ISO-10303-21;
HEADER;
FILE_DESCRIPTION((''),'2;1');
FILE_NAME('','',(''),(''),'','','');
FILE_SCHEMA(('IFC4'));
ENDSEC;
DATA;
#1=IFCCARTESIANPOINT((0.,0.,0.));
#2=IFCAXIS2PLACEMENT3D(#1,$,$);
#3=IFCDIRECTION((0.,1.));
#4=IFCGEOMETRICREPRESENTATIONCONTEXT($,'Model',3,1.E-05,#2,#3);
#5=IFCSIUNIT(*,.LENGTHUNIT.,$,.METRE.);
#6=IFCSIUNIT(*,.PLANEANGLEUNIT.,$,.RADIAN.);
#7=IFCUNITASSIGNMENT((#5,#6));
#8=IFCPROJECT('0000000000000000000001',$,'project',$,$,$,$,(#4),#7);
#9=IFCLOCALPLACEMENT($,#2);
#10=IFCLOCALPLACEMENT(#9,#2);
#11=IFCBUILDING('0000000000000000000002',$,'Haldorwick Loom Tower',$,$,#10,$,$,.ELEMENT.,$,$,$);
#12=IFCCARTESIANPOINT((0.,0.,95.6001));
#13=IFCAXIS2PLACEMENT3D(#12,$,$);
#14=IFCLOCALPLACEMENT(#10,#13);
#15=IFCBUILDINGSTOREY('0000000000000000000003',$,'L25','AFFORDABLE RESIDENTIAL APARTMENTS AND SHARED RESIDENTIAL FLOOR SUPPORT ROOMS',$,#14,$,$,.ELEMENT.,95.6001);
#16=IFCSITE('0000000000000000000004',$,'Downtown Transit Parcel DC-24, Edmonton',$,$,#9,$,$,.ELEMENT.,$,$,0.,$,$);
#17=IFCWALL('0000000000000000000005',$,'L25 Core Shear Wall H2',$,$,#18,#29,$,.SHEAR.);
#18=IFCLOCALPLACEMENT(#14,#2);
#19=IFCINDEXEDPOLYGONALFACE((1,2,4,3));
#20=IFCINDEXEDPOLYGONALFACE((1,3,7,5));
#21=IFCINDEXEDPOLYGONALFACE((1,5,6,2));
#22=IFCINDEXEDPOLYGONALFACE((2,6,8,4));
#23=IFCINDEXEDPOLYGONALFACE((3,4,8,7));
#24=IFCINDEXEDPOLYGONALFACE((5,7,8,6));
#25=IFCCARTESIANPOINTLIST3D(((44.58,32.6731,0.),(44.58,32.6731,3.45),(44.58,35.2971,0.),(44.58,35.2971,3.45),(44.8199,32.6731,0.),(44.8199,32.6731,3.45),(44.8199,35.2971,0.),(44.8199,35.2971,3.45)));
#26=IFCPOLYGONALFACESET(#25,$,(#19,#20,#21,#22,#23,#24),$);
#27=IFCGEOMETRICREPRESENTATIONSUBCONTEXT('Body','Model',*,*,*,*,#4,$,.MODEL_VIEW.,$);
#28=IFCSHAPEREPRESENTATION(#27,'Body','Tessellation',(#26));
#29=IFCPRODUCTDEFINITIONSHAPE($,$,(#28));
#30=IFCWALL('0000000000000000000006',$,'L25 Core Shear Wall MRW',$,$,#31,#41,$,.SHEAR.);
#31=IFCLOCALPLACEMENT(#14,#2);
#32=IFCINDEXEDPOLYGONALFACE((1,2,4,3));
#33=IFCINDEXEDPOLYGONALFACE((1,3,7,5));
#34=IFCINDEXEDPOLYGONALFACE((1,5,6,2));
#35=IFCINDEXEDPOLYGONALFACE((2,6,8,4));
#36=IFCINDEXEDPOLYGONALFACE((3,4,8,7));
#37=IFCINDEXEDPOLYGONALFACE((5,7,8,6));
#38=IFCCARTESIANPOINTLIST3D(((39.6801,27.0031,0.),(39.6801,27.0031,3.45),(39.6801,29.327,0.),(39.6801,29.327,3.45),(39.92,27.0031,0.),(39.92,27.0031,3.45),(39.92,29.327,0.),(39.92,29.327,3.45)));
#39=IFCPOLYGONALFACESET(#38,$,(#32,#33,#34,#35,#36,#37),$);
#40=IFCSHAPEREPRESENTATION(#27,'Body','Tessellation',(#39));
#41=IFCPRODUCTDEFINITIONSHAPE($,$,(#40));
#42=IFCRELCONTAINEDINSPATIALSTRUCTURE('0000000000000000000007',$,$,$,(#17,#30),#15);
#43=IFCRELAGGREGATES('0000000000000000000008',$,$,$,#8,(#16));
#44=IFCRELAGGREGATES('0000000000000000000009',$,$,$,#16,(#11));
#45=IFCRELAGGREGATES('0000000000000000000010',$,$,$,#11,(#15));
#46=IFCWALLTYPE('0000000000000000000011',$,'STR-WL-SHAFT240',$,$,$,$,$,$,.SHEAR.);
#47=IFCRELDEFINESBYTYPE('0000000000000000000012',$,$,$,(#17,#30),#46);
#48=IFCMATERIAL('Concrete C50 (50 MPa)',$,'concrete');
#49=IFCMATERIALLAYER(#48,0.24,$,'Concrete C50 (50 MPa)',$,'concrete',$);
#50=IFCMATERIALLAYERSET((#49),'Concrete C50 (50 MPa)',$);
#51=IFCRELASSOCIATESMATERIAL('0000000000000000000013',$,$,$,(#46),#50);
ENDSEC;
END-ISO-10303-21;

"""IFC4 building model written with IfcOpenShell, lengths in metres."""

from ifc_helpers import new_model, si_unit, direction, frame, frame_2d, origin, place, context, subcontext, project, spatial, rectangle, extrude, material, layer, layer_set, type_object, element, save


model = new_model("IFC4")

# Units and contexts
model_context = context("Model", 3, precision=1e-05, world=origin(), true_north=direction((0.0, 1.0)))
body_context = subcontext(model_context, "Body", "Model", "MODEL_VIEW")
ifc_project = project(units=[si_unit("LENGTHUNIT", "METRE"), si_unit("PLANEANGLEUNIT", "RADIAN")], contexts=[model_context])

# Site, building, storey
site_placement = place(None, origin())
site = spatial("IfcSite", under=ifc_project, at=site_placement, Name="Downtown Transit Parcel DC-24, Edmonton", CompositionType="ELEMENT", RefElevation=0.0)
building_placement = place(site_placement, origin())
building = spatial("IfcBuilding", under=site, at=building_placement, Name="Haldorwick Loom Tower", CompositionType="ELEMENT")
storey_placement = place(building_placement, frame((0.0, 0.0, 95.6001)))
storey = spatial("IfcBuildingStorey", under=building, at=storey_placement, Name="L25", Description="AFFORDABLE RESIDENTIAL APARTMENTS AND SHARED RESIDENTIAL FLOOR SUPPORT ROOMS", CompositionType="ELEMENT", Elevation=95.6001)

# Shared definitions
ifc_material_1 = material(Name="Concrete C50 (50 MPa)", Category="concrete")
ifc_layer_1 = layer(ifc_material_1, 0.24, Name="Concrete C50 (50 MPa)", Category="concrete")
ifc_layer_set_1 = layer_set([ifc_layer_1], Name="Concrete C50 (50 MPa)")
wall_type_1 = type_object("IfcWallType", Name="STR-WL-SHAFT240", PredefinedType="SHEAR", material=ifc_layer_set_1)

# Walls
for number, where, z_axis, x_axis, name in (
    (1, (44.7, 32.6731, 0.0), (0.0, 0.0, 1.0), (0.0, 1.0, 0.0), "L25 Core Shear Wall H2"),
):
    element("IfcWall", number, at=place(storey_placement, frame(where, z_axis=z_axis, x_axis=x_axis)), inside=storey, type_object=wall_type_1, Name=name, PredefinedType="SHEAR", context=body_context, shape_type="SweptSolid", body=[
        extrude(rectangle(XDim=2.624, YDim=0.24, at=frame_2d((1.312, 0.0))), origin(), (0.0, 0.0, 1.0), 3.45),
    ])
wall_1_placement = place(storey_placement, frame((39.8, 27.0029, 0.0), z_axis=(0.0, 0.0, 1.0), x_axis=(0.0, 1.0, 0.0)))
element("IfcWall", 2, at=wall_1_placement, inside=storey, type_object=wall_type_1, Name="L25 Core Shear Wall MRW", PredefinedType="SHEAR", context=body_context, shape_type="SweptSolid", body=[
    extrude(rectangle(XDim=2.324, YDim=0.24, at=frame_2d((1.1621, 0.0))), origin(), (0.0, 0.0, 1.0), 3.45),
])

save(model, "model.ifc")
